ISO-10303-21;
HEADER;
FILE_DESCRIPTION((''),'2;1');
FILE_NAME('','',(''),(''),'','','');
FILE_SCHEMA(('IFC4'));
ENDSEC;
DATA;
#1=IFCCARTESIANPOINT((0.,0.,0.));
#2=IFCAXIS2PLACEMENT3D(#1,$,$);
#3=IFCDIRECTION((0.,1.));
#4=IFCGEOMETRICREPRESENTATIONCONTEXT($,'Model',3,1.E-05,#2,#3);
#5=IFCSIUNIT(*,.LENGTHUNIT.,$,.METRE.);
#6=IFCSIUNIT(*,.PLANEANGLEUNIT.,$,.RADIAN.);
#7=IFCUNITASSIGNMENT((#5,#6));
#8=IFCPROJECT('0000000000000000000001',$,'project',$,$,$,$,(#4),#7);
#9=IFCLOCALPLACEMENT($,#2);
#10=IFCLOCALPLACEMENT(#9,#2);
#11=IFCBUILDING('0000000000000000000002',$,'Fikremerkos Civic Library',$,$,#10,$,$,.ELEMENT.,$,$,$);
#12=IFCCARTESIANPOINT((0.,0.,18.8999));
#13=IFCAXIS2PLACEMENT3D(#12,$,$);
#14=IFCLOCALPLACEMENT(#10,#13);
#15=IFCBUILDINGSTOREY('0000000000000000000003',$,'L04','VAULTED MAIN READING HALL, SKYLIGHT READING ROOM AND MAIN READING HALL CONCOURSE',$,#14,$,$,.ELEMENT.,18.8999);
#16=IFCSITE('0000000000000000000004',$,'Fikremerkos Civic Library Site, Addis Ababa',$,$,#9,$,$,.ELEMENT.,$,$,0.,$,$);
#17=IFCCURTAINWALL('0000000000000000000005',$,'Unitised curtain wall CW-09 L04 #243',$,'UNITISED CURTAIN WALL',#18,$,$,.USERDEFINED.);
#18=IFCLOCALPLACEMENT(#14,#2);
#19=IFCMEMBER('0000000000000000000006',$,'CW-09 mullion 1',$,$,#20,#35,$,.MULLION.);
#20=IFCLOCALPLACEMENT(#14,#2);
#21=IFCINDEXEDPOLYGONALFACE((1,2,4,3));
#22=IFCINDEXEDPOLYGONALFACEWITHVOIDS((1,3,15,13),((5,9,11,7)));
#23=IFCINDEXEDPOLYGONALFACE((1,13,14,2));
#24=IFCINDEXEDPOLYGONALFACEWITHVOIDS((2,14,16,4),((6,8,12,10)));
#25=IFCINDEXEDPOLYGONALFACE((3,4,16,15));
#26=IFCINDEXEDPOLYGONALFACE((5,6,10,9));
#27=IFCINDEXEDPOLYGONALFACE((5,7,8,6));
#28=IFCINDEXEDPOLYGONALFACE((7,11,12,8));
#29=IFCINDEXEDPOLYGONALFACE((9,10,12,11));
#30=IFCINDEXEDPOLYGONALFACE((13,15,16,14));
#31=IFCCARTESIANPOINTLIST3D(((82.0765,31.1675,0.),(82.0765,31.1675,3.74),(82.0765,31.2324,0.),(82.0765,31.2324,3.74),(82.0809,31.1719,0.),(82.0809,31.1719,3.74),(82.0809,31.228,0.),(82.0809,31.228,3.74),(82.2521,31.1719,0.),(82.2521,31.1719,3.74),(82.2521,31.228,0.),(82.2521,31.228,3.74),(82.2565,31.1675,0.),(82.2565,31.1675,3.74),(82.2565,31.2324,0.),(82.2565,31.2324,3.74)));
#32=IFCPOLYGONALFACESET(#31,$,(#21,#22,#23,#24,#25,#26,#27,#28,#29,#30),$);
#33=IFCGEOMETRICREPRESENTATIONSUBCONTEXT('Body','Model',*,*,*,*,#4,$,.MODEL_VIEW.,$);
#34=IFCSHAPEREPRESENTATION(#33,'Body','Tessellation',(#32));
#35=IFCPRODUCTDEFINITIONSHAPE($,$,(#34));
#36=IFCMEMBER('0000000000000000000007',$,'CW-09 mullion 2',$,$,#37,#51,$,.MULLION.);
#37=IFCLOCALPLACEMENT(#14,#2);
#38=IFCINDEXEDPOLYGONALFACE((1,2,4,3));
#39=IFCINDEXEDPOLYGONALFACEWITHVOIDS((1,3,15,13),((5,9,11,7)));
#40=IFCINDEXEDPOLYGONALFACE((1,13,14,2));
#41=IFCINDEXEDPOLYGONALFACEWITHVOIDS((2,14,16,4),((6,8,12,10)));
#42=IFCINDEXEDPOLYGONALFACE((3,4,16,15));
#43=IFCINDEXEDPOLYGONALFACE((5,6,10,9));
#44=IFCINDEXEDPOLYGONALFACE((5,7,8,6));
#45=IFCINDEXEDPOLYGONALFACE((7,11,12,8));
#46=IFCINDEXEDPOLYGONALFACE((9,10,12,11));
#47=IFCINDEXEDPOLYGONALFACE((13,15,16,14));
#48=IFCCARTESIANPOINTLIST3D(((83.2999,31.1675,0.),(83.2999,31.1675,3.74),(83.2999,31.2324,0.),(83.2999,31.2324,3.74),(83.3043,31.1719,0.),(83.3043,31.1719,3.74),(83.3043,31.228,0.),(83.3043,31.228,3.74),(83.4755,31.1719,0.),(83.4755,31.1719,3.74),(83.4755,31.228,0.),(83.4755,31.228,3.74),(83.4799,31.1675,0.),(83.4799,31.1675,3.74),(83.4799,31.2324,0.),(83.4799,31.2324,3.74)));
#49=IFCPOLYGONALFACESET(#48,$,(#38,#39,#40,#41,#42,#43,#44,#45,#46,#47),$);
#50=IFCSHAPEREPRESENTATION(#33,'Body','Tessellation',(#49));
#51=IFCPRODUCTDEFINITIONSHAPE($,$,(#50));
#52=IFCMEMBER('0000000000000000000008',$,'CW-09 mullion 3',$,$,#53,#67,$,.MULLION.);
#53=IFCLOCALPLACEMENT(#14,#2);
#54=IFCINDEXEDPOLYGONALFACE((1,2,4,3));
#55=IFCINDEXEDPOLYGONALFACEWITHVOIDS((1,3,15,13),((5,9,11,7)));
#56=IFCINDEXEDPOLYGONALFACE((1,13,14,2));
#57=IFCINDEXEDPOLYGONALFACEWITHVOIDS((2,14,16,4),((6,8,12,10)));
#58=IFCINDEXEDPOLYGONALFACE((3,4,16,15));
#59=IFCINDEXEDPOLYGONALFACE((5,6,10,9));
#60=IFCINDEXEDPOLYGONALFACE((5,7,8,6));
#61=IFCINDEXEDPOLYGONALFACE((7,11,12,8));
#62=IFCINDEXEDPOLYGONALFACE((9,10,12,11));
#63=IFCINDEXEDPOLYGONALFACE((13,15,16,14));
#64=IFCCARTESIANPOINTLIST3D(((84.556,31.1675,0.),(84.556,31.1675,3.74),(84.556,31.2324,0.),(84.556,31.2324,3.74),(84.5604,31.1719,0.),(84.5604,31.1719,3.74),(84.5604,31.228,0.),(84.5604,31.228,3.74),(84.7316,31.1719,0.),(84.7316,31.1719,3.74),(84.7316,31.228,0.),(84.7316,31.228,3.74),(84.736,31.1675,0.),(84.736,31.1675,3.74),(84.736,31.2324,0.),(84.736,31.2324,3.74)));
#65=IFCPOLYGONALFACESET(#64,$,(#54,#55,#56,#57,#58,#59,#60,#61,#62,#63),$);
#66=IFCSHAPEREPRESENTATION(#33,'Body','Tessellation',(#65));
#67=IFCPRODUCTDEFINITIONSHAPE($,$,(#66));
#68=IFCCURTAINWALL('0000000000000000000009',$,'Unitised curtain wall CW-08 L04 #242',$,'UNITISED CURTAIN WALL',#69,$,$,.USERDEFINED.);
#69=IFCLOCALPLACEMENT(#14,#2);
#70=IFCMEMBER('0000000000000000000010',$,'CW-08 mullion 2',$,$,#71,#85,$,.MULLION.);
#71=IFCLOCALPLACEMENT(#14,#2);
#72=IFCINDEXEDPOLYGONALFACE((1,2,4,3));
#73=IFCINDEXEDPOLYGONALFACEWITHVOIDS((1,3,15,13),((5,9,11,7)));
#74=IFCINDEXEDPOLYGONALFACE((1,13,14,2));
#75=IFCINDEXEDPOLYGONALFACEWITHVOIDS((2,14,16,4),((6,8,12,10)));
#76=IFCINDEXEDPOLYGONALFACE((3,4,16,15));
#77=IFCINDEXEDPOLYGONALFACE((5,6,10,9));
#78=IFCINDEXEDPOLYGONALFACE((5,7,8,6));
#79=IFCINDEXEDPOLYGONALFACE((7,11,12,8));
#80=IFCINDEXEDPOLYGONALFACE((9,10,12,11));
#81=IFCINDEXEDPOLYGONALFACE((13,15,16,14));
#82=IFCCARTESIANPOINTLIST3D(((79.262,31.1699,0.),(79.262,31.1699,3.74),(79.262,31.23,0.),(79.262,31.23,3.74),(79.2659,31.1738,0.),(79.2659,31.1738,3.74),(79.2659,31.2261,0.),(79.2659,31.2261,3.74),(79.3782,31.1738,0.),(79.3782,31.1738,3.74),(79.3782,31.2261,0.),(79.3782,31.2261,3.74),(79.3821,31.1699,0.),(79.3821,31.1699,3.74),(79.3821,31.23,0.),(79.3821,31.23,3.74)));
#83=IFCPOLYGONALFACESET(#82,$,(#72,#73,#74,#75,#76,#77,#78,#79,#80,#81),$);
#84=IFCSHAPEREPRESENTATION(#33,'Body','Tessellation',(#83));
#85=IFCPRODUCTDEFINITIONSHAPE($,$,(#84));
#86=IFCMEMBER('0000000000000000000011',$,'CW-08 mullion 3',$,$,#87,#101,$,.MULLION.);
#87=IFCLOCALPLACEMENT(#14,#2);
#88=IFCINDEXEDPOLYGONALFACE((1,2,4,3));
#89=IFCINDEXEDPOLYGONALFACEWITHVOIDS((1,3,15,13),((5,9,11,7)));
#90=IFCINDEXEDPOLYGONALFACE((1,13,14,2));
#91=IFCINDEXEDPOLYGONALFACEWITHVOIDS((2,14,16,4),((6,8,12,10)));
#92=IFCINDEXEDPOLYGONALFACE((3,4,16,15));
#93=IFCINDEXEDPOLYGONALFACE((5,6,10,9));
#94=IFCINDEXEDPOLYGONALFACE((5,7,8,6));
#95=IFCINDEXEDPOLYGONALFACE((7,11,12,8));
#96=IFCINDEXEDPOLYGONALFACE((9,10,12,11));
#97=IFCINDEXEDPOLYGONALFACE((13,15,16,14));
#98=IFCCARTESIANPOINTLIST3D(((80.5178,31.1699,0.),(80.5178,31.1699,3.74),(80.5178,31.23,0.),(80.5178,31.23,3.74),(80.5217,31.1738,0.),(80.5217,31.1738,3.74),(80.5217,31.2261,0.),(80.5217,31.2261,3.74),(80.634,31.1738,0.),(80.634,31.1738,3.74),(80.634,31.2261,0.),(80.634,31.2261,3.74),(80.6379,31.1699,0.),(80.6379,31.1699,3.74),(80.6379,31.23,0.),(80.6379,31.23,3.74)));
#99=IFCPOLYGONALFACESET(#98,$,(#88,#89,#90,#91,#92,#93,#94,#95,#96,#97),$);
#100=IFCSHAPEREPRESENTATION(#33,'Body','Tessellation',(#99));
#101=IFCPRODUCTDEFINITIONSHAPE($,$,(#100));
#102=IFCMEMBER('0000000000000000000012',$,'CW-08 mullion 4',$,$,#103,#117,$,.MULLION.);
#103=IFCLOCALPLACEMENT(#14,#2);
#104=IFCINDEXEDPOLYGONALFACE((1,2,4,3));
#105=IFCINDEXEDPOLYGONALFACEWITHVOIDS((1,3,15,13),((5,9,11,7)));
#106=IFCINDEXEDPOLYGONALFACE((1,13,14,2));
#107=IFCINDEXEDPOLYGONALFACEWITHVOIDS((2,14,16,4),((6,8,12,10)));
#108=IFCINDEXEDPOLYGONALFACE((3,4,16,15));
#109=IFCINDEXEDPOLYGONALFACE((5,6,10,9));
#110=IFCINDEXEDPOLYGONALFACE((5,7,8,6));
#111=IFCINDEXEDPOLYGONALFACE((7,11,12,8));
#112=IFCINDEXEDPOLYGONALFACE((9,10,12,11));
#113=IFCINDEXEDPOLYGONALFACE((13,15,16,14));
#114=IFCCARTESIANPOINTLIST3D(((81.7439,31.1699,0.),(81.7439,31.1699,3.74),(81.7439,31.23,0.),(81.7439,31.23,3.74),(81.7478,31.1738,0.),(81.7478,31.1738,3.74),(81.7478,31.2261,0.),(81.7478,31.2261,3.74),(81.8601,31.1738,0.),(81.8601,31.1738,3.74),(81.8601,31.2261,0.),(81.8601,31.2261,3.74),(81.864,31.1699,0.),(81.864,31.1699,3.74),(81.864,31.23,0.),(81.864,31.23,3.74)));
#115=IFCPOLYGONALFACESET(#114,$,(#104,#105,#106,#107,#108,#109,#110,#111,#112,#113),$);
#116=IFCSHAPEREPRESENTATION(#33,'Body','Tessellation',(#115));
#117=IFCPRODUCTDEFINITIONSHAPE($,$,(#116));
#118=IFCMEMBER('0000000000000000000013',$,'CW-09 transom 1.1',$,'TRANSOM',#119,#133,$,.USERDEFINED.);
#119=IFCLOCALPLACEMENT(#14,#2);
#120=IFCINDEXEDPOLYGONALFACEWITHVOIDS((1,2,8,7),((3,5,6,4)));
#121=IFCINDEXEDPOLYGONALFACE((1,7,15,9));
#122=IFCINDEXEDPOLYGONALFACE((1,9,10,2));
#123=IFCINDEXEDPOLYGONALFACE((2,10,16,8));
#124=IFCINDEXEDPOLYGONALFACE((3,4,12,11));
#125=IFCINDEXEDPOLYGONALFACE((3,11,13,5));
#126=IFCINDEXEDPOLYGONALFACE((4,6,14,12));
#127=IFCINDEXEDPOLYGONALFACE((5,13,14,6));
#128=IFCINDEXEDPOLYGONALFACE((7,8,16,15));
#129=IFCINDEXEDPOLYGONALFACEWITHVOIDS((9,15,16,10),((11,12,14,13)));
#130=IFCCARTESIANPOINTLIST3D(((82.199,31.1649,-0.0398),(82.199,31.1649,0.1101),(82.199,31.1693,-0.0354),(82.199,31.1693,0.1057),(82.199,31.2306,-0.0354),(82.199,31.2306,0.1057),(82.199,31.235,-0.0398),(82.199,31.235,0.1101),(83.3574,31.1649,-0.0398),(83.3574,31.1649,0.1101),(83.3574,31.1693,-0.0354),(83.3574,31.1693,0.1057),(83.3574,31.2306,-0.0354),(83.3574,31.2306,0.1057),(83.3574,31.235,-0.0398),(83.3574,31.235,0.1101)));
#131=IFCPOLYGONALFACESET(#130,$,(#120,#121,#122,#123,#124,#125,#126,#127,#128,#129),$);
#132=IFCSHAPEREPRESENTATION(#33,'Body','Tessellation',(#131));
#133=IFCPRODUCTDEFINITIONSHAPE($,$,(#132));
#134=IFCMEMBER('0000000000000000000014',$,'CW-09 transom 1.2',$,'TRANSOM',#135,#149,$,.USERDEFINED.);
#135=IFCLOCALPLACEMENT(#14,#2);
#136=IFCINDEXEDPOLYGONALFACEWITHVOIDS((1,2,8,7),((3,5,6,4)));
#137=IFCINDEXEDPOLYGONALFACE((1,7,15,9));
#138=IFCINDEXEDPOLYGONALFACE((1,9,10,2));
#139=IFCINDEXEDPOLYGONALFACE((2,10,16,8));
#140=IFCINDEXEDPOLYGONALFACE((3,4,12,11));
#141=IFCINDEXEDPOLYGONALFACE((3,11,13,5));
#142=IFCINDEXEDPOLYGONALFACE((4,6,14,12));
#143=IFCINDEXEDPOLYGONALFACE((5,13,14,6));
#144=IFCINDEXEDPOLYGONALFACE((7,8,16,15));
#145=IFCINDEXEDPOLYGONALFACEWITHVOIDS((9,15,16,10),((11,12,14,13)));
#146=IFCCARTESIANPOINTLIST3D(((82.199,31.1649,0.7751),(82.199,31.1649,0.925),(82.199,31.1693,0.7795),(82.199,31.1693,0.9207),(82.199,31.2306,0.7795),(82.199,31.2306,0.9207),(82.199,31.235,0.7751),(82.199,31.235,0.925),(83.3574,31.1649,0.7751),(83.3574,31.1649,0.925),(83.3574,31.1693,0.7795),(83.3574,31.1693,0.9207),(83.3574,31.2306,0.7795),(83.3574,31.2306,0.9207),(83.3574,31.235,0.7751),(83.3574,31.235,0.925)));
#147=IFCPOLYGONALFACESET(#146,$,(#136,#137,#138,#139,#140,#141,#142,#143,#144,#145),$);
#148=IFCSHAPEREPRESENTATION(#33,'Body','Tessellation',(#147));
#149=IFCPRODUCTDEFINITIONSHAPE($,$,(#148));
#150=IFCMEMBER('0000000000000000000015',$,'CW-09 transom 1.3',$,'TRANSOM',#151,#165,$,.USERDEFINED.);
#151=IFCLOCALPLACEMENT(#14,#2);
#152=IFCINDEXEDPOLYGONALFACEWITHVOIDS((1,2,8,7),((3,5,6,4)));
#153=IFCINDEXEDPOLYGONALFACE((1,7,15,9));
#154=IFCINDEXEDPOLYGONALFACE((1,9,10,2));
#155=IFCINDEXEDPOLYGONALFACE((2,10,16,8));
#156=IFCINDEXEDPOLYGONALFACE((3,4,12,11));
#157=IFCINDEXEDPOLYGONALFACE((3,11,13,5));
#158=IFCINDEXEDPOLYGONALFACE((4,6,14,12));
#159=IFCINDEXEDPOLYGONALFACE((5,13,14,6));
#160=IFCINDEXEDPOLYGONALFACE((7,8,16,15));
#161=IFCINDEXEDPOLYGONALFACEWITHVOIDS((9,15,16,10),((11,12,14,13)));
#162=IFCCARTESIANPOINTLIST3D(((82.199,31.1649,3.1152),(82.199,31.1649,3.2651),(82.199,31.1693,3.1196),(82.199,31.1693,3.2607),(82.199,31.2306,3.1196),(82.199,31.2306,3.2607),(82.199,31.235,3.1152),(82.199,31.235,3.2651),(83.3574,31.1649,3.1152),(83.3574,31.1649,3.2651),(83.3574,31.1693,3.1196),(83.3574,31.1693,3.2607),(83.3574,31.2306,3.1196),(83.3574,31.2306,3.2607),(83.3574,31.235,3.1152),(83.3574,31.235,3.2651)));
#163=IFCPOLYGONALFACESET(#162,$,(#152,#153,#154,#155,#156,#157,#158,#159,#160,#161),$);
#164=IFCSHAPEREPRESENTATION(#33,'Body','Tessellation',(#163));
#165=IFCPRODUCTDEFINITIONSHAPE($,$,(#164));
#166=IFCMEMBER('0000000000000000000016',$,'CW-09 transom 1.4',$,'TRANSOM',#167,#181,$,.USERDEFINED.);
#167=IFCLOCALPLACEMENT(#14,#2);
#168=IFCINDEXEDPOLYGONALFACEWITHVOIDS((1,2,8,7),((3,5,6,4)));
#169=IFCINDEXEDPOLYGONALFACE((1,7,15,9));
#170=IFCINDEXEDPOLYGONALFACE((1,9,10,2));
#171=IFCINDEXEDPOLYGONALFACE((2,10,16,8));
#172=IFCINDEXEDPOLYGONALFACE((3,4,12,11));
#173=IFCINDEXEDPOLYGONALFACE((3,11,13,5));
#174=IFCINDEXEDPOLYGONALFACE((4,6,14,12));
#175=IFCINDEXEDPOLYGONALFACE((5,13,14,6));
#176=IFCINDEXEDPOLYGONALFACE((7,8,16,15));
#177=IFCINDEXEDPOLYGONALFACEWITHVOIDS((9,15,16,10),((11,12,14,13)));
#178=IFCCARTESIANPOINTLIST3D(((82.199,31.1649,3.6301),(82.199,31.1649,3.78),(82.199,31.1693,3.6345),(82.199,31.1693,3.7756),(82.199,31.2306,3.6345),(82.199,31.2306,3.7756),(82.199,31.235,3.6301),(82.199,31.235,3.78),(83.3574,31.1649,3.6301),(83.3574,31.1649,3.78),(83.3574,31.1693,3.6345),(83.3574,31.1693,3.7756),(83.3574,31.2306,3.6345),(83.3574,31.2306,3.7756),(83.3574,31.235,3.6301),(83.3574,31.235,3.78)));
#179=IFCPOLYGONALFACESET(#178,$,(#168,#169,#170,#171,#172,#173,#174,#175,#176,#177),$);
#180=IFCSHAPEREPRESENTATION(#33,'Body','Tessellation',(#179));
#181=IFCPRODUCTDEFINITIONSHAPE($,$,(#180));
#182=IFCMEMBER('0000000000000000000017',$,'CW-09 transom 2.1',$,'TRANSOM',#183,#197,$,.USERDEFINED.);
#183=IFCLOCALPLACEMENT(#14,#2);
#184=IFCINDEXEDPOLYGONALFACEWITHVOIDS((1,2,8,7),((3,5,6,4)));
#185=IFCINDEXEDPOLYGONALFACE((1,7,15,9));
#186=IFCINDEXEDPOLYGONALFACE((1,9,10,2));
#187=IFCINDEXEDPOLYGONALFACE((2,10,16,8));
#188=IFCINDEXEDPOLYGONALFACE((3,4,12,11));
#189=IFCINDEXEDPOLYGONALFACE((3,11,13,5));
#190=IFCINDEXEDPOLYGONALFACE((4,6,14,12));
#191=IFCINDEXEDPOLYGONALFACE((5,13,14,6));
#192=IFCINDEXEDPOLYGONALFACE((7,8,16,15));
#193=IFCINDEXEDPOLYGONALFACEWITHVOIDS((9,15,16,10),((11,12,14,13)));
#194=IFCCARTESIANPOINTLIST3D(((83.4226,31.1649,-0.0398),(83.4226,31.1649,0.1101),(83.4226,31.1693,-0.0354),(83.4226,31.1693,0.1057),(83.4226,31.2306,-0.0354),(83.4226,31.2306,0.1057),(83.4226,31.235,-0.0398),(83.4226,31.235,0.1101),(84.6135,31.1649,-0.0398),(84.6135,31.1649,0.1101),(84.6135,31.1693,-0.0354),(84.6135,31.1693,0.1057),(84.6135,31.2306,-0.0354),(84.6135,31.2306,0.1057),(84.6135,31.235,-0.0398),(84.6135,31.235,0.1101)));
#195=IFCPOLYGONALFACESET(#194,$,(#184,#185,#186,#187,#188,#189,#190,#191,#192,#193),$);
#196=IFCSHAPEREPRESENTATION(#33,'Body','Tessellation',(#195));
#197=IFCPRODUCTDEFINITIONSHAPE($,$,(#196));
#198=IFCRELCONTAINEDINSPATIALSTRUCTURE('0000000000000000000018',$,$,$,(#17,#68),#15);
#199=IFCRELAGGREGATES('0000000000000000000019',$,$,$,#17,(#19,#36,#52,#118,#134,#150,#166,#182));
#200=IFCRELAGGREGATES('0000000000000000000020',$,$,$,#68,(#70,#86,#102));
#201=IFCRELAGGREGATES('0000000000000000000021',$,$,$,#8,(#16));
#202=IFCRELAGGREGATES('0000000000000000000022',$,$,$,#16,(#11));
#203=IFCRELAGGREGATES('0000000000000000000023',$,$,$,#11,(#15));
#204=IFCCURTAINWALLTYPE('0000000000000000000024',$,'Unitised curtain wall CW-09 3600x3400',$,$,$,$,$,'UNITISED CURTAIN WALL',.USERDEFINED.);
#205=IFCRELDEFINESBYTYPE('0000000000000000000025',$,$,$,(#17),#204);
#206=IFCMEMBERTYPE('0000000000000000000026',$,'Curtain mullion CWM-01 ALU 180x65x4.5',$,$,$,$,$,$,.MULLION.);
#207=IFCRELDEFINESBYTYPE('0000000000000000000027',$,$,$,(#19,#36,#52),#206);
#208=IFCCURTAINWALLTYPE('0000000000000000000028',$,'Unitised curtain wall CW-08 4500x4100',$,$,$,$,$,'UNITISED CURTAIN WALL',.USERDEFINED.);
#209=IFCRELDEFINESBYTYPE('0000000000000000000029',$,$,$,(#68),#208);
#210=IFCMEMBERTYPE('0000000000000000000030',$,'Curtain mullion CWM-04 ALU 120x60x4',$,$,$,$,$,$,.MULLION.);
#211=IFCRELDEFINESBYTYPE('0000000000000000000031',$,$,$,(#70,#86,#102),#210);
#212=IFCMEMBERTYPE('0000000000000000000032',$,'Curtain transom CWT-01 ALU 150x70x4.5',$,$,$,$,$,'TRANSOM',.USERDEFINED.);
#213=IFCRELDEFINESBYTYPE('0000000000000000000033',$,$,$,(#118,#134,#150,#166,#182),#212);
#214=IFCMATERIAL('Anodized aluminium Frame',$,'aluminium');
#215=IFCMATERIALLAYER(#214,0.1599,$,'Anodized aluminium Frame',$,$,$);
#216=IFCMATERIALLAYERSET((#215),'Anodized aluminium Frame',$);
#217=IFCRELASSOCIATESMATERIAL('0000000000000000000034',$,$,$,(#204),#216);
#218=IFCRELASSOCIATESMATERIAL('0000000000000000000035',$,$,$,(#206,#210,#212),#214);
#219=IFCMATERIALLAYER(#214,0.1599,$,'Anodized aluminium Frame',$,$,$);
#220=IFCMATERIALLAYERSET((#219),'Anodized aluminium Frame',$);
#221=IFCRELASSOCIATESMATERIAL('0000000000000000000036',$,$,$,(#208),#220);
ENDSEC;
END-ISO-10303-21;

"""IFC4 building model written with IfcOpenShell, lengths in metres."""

from ifc_helpers import new_model, si_unit, direction, frame, origin, origin_2d, place, context, subcontext, project, spatial, hollow_rectangle, extrude, material, layer, layer_set, material_profile, profile_set, type_object, element, aggregate, save


model = new_model("IFC4")

# Units and contexts
model_context = context("Model", 3, precision=1e-05, world=origin(), true_north=direction((0.0, 1.0)))
body_context = subcontext(model_context, "Body", "Model", "MODEL_VIEW")
ifc_project = project(units=[si_unit("LENGTHUNIT", "METRE"), si_unit("PLANEANGLEUNIT", "RADIAN")], contexts=[model_context])

# Site, building, storey
site_placement = place(None, origin())
site = spatial("IfcSite", under=ifc_project, at=site_placement, Name="Fikremerkos Civic Library Site, Addis Ababa", CompositionType="ELEMENT", RefElevation=0.0)
building_placement = place(site_placement, origin())
building = spatial("IfcBuilding", under=site, at=building_placement, Name="Fikremerkos Civic Library", CompositionType="ELEMENT")
storey_placement = place(building_placement, frame((0.0, 0.0, 18.8999)))
storey = spatial("IfcBuildingStorey", under=building, at=storey_placement, Name="L04", Description="VAULTED MAIN READING HALL, SKYLIGHT READING ROOM AND MAIN READING HALL CONCOURSE", CompositionType="ELEMENT", Elevation=18.8999)

# Curtain walls, members
ifc_material_1 = material(Name="Anodized aluminium Frame", Category="aluminium")
ifc_layer_1 = layer(ifc_material_1, 0.1599, Name="Anodized aluminium Frame")
ifc_layer_set_1 = layer_set([ifc_layer_1], Name="Anodized aluminium Frame")
curtain_wall_type_1 = type_object("IfcCurtainWallType", Name="Unitised curtain wall CW-09 3600x3400", ElementType="UNITISED CURTAIN WALL", PredefinedType="USERDEFINED", material=ifc_layer_set_1)
curtain_wall_1_placement = place(storey_placement, origin())
curtain_wall_1 = element("IfcCurtainWall", 1, at=curtain_wall_1_placement, inside=storey, type_object=curtain_wall_type_1, Name="Unitised curtain wall CW-09 L04 #243", ObjectType="UNITISED CURTAIN WALL", PredefinedType="USERDEFINED")
ifc_material_profile_1 = material_profile(ifc_material_1, hollow_rectangle(XDim=0.0649, YDim=0.1799, WallThickness=0.0044, at=origin_2d()), Name="ALU 180x65x4.5")
ifc_profile_set_1 = profile_set([ifc_material_profile_1], Name="Anodized aluminium Frame")
member_type_1 = type_object("IfcMemberType", Name="Curtain mullion CWM-01 ALU 180x65x4.5", PredefinedType="MULLION", material=ifc_profile_set_1)
member_1_placement = place(storey_placement, frame((82.1665, 31.2, 0.0), z_axis=(0.0, 0.0, 1.0), x_axis=(0.0, 1.0, 0.0)))
member_1 = element("IfcMember", 2, at=member_1_placement, type_object=member_type_1, Name="CW-09 mullion 1", PredefinedType="MULLION", context=body_context, shape_type="SweptSolid", body=[
    extrude(hollow_rectangle(XDim=0.0649, YDim=0.1799, WallThickness=0.0044, at=origin_2d()), origin(), (0.0, 0.0, 1.0), 3.74),
])
member_2_placement = place(storey_placement, frame((83.3899, 31.2, 0.0), z_axis=(0.0, 0.0, 1.0), x_axis=(0.0, 1.0, 0.0)))
member_2 = element("IfcMember", 3, at=member_2_placement, type_object=member_type_1, Name="CW-09 mullion 2", PredefinedType="MULLION", context=body_context, shape_type="SweptSolid", body=[
    extrude(hollow_rectangle(XDim=0.0649, YDim=0.1799, WallThickness=0.0044, at=origin_2d()), origin(), (0.0, 0.0, 1.0), 3.74),
])
member_3_placement = place(storey_placement, frame((84.646, 31.2, 0.0), z_axis=(0.0, 0.0, 1.0), x_axis=(0.0, 1.0, 0.0)))
member_3 = element("IfcMember", 4, at=member_3_placement, type_object=member_type_1, Name="CW-09 mullion 3", PredefinedType="MULLION", context=body_context, shape_type="SweptSolid", body=[
    extrude(hollow_rectangle(XDim=0.0649, YDim=0.1799, WallThickness=0.0044, at=origin_2d()), origin(), (0.0, 0.0, 1.0), 3.74),
])
ifc_layer_2 = layer(ifc_material_1, 0.1599, Name="Anodized aluminium Frame")
ifc_layer_set_2 = layer_set([ifc_layer_2], Name="Anodized aluminium Frame")
curtain_wall_type_2 = type_object("IfcCurtainWallType", Name="Unitised curtain wall CW-08 4500x4100", ElementType="UNITISED CURTAIN WALL", PredefinedType="USERDEFINED", material=ifc_layer_set_2)
curtain_wall_2_placement = place(storey_placement, origin())
curtain_wall_2 = element("IfcCurtainWall", 5, at=curtain_wall_2_placement, inside=storey, type_object=curtain_wall_type_2, Name="Unitised curtain wall CW-08 L04 #242", ObjectType="UNITISED CURTAIN WALL", PredefinedType="USERDEFINED")
ifc_material_profile_2 = material_profile(ifc_material_1, hollow_rectangle(XDim=0.0601, YDim=0.1201, WallThickness=0.0039, at=origin_2d()), Name="ALU 120x60x4")
ifc_profile_set_2 = profile_set([ifc_material_profile_2], Name="Anodized aluminium Frame")
member_type_2 = type_object("IfcMemberType", Name="Curtain mullion CWM-04 ALU 120x60x4", PredefinedType="MULLION", material=ifc_profile_set_2)
member_4_placement = place(storey_placement, frame((79.322, 31.2, 0.0), z_axis=(0.0, 0.0, 1.0), x_axis=(0.0, 1.0, 0.0)))
member_4 = element("IfcMember", 6, at=member_4_placement, type_object=member_type_2, Name="CW-08 mullion 2", PredefinedType="MULLION", context=body_context, shape_type="SweptSolid", body=[
    extrude(hollow_rectangle(XDim=0.0601, YDim=0.1201, WallThickness=0.0039, at=origin_2d()), origin(), (0.0, 0.0, 1.0), 3.74),
])
member_5_placement = place(storey_placement, frame((80.5779, 31.2, 0.0), z_axis=(0.0, 0.0, 1.0), x_axis=(0.0, 1.0, 0.0)))
member_5 = element("IfcMember", 7, at=member_5_placement, type_object=member_type_2, Name="CW-08 mullion 3", PredefinedType="MULLION", context=body_context, shape_type="SweptSolid", body=[
    extrude(hollow_rectangle(XDim=0.0601, YDim=0.1201, WallThickness=0.0039, at=origin_2d()), origin(), (0.0, 0.0, 1.0), 3.74),
])
member_6_placement = place(storey_placement, frame((81.804, 31.2, 0.0), z_axis=(0.0, 0.0, 1.0), x_axis=(0.0, 1.0, 0.0)))
member_6 = element("IfcMember", 8, at=member_6_placement, type_object=member_type_2, Name="CW-08 mullion 4", PredefinedType="MULLION", context=body_context, shape_type="SweptSolid", body=[
    extrude(hollow_rectangle(XDim=0.0601, YDim=0.1201, WallThickness=0.0039, at=origin_2d()), origin(), (0.0, 0.0, 1.0), 3.74),
])

# Members
ifc_material_profile_3 = material_profile(ifc_material_1, hollow_rectangle(XDim=0.0701, YDim=0.1499, WallThickness=0.0044, at=origin_2d()), Name="ALU 150x70x4.5")
ifc_profile_set_3 = profile_set([ifc_material_profile_3], Name="Anodized aluminium Frame")
member_type_3 = type_object("IfcMemberType", Name="Curtain transom CWT-01 ALU 150x70x4.5", ElementType="TRANSOM", PredefinedType="USERDEFINED", material=ifc_profile_set_3)
member_7_placement = place(storey_placement, frame((82.199, 31.2, 0.0352), z_axis=(1.0, 0.0, 0.0), x_axis=(0.0, 1.0, 0.0)))
member_7 = element("IfcMember", 9, at=member_7_placement, type_object=member_type_3, Name="CW-09 transom 1.1", ObjectType="TRANSOM", PredefinedType="USERDEFINED", context=body_context, shape_type="SweptSolid", body=[
    extrude(hollow_rectangle(XDim=0.0701, YDim=0.1499, WallThickness=0.0044, at=origin_2d()), origin(), (0.0, 0.0, 1.0), 1.1584),
])
member_8_placement = place(storey_placement, frame((82.199, 31.2, 0.8501), z_axis=(1.0, 0.0, 0.0), x_axis=(0.0, 1.0, 0.0)))
member_8 = element("IfcMember", 10, at=member_8_placement, type_object=member_type_3, Name="CW-09 transom 1.2", ObjectType="TRANSOM", PredefinedType="USERDEFINED", context=body_context, shape_type="SweptSolid", body=[
    extrude(hollow_rectangle(XDim=0.0701, YDim=0.1499, WallThickness=0.0044, at=origin_2d()), origin(), (0.0, 0.0, 1.0), 1.1584),
])
member_9_placement = place(storey_placement, frame((82.199, 31.2, 3.1902), z_axis=(1.0, 0.0, 0.0), x_axis=(0.0, 1.0, 0.0)))
member_9 = element("IfcMember", 11, at=member_9_placement, type_object=member_type_3, Name="CW-09 transom 1.3", ObjectType="TRANSOM", PredefinedType="USERDEFINED", context=body_context, shape_type="SweptSolid", body=[
    extrude(hollow_rectangle(XDim=0.0701, YDim=0.1499, WallThickness=0.0044, at=origin_2d()), origin(), (0.0, 0.0, 1.0), 1.1584),
])
member_10_placement = place(storey_placement, frame((82.199, 31.2, 3.7051), z_axis=(1.0, 0.0, 0.0), x_axis=(0.0, 1.0, 0.0)))
member_10 = element("IfcMember", 12, at=member_10_placement, type_object=member_type_3, Name="CW-09 transom 1.4", ObjectType="TRANSOM", PredefinedType="USERDEFINED", context=body_context, shape_type="SweptSolid", body=[
    extrude(hollow_rectangle(XDim=0.0701, YDim=0.1499, WallThickness=0.0044, at=origin_2d()), origin(), (0.0, 0.0, 1.0), 1.1584),
])
member_11_placement = place(storey_placement, frame((83.4226, 31.2, 0.0352), z_axis=(1.0, 0.0, 0.0), x_axis=(0.0, 1.0, 0.0)))
member_11 = element("IfcMember", 13, at=member_11_placement, type_object=member_type_3, Name="CW-09 transom 2.1", ObjectType="TRANSOM", PredefinedType="USERDEFINED", context=body_context, shape_type="SweptSolid", body=[
    extrude(hollow_rectangle(XDim=0.0701, YDim=0.1499, WallThickness=0.0044, at=origin_2d()), origin(), (0.0, 0.0, 1.0), 1.1909),
])

aggregate(curtain_wall_1, [member_1, member_2, member_3, member_7, member_8, member_9, member_10, member_11])
aggregate(curtain_wall_2, [member_4, member_5, member_6])

save(model, "model.ifc")
